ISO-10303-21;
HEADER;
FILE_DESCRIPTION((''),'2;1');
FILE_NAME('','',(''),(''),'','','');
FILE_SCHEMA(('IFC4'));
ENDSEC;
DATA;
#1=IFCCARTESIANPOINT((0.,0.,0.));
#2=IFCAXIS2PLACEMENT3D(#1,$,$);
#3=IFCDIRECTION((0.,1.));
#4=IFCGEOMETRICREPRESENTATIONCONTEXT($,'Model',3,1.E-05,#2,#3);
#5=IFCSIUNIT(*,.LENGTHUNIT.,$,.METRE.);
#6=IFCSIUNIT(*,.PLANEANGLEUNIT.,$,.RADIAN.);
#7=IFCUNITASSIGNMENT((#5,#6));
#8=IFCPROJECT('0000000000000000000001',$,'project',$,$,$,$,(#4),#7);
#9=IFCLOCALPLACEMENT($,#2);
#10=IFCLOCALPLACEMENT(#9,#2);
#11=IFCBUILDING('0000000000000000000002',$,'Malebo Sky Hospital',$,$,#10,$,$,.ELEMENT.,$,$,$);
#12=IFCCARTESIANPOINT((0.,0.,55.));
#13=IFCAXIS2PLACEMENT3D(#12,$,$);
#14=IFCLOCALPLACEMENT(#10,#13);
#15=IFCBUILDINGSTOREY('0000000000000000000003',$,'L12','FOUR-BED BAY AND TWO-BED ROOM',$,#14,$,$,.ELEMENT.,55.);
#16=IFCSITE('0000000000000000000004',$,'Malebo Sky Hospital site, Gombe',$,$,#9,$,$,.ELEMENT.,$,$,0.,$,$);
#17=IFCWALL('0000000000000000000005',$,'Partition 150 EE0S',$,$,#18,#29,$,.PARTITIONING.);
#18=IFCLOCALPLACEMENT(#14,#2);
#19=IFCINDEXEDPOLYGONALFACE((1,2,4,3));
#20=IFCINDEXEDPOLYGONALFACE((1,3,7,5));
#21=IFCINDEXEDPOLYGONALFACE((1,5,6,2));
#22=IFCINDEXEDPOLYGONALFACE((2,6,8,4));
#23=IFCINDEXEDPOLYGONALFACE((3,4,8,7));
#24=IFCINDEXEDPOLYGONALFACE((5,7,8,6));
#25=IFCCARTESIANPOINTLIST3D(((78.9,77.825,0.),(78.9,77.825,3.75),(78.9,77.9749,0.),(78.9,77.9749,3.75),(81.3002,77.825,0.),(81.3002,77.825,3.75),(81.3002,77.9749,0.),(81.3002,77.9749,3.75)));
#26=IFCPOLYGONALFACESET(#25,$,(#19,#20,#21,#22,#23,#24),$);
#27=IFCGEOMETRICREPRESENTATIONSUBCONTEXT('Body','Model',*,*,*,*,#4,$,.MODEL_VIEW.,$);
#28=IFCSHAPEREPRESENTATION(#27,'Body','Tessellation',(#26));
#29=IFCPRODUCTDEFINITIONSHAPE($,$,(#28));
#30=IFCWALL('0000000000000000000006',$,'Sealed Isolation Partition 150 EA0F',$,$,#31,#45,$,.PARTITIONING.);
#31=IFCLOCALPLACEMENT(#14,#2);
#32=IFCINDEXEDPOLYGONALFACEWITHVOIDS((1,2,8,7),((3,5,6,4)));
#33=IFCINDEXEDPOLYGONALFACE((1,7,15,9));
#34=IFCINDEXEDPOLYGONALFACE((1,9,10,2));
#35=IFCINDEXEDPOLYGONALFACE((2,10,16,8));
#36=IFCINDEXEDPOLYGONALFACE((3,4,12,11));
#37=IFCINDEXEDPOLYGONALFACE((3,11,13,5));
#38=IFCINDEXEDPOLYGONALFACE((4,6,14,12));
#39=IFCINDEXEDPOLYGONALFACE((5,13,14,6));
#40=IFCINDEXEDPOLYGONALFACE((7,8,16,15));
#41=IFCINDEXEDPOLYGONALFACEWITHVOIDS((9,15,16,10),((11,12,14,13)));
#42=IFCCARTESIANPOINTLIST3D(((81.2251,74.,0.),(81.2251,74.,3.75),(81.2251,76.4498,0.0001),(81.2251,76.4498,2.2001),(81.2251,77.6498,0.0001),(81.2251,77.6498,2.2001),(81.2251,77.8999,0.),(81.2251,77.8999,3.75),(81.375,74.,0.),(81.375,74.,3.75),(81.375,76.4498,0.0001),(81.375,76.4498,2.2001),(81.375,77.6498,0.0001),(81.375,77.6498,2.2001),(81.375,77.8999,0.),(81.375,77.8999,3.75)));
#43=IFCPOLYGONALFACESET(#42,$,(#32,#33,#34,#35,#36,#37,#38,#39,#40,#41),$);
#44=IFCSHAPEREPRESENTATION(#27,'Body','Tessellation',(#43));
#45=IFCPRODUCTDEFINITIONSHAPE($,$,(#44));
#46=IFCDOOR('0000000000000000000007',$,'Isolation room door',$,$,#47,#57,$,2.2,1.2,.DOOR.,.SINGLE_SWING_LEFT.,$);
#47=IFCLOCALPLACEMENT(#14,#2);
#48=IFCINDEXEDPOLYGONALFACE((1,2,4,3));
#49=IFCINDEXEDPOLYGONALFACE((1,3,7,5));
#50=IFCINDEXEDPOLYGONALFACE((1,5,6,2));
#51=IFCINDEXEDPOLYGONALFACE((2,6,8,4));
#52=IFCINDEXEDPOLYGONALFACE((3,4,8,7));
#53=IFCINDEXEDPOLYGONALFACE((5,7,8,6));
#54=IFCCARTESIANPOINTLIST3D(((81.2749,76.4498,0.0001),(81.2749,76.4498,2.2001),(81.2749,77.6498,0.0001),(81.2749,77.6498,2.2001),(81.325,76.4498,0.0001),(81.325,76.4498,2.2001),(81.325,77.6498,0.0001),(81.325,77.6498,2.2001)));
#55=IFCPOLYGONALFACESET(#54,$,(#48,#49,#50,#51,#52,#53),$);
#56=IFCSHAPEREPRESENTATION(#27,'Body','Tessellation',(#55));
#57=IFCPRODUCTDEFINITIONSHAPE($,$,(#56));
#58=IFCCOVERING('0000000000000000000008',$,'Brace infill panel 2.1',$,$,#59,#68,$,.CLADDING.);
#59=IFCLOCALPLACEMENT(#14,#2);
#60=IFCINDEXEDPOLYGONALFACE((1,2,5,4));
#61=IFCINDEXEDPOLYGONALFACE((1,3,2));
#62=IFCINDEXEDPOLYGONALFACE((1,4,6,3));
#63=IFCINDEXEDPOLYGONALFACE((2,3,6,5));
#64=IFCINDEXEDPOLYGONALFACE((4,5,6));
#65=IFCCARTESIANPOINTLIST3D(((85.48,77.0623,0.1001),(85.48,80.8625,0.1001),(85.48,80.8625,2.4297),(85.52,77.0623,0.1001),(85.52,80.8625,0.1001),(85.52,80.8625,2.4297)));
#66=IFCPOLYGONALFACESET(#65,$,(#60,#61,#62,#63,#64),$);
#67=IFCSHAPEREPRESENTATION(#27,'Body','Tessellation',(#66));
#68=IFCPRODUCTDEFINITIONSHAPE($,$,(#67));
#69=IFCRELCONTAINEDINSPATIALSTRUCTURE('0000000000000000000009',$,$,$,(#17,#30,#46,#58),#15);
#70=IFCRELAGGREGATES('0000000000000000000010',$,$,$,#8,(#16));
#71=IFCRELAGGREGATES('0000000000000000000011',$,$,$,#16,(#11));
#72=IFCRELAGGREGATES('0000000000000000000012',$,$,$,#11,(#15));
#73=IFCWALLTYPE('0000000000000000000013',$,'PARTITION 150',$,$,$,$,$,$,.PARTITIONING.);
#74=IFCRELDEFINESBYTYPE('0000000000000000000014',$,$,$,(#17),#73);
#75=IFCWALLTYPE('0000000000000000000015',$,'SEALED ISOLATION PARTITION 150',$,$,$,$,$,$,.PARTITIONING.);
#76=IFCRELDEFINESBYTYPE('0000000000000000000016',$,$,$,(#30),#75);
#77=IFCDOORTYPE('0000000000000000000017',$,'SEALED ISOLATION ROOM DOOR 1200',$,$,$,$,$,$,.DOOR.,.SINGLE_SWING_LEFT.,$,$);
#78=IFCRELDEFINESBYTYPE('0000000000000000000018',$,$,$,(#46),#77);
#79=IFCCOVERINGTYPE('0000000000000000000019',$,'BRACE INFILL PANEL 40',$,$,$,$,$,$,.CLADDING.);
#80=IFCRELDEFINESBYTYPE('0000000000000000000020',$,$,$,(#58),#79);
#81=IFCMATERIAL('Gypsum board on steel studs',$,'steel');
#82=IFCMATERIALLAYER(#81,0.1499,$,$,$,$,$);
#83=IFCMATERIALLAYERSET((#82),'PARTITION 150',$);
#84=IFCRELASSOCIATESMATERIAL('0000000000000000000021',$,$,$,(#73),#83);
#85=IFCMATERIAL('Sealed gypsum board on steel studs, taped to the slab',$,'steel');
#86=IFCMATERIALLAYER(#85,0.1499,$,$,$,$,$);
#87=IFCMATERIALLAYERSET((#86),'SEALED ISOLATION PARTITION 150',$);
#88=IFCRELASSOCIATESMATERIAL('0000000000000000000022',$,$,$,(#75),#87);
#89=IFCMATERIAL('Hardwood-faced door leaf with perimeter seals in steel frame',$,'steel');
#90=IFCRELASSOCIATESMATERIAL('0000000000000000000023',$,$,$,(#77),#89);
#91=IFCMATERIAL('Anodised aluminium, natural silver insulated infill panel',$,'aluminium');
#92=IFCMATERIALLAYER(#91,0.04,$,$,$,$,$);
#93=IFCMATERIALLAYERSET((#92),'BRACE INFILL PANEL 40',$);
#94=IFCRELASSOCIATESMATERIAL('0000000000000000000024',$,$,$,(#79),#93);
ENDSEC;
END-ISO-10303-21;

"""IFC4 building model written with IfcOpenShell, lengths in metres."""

from ifc_helpers import new_model, si_unit, direction, frame, frame_2d, origin, place, context, subcontext, project, spatial, polyline, rectangle, outline, extrude, material, layer, layer_set, type_object, element, fill, save


model = new_model("IFC4")

# Units and contexts
model_context = context("Model", 3, precision=1e-05, world=origin(), true_north=direction((0.0, 1.0)))
body_context = subcontext(model_context, "Body", "Model", "MODEL_VIEW")
ifc_project = project(units=[si_unit("LENGTHUNIT", "METRE"), si_unit("PLANEANGLEUNIT", "RADIAN")], contexts=[model_context])

# Site, building, storey
site_placement = place(None, origin())
site = spatial("IfcSite", under=ifc_project, at=site_placement, Name="Malebo Sky Hospital site, Gombe", CompositionType="ELEMENT", RefElevation=0.0)
building_placement = place(site_placement, origin())
building = spatial("IfcBuilding", under=site, at=building_placement, Name="Malebo Sky Hospital", CompositionType="ELEMENT")
storey_placement = place(building_placement, frame((0.0, 0.0, 55.0)))
storey = spatial("IfcBuildingStorey", under=building, at=storey_placement, Name="L12", Description="FOUR-BED BAY AND TWO-BED ROOM", CompositionType="ELEMENT", Elevation=55.0)

# Shared definitions
ifc_material_1 = material(Name="Gypsum board on steel studs", Category="steel")

# Shared definitions
ifc_layer_1 = layer(ifc_material_1, 0.1499)
ifc_layer_set_1 = layer_set([ifc_layer_1], Name="PARTITION 150")
wall_type_1 = type_object("IfcWallType", Name="PARTITION 150", PredefinedType="PARTITIONING", material=ifc_layer_set_1)

# Wall
wall_1_placement = place(storey_placement, frame((78.8999, 77.8999, 0.0), z_axis=(0.0, 0.0, 1.0), x_axis=(1.0, 0.0, 0.0)))
element("IfcWall", 1, at=wall_1_placement, inside=storey, type_object=wall_type_1, Name="Partition 150 EE0S", PredefinedType="PARTITIONING", context=body_context, shape_type="SweptSolid", body=[
    extrude(rectangle(XDim=2.4001, YDim=0.1499, at=frame_2d((1.2002, 0.0))), origin(), (0.0, 0.0, 1.0), 3.75),
])

# Wall, opening, door
ifc_material_2 = material(Name="Sealed gypsum board on steel studs, taped to the slab", Category="steel")
ifc_layer_2 = layer(ifc_material_2, 0.1499)
ifc_layer_set_2 = layer_set([ifc_layer_2], Name="SEALED ISOLATION PARTITION 150")
wall_type_2 = type_object("IfcWallType", Name="SEALED ISOLATION PARTITION 150", PredefinedType="PARTITIONING", material=ifc_layer_set_2)
wall_2_placement = place(storey_placement, frame((81.3, 77.8999, 0.0), z_axis=(0.0, 0.0, 1.0), x_axis=(0.0, -1.0, 0.0)))
wall_2 = element("IfcWall", 2, at=wall_2_placement, inside=storey, type_object=wall_type_2, Name="Sealed Isolation Partition 150 EA0F", PredefinedType="PARTITIONING", context=body_context, shape_type="SweptSolid", body=[
    extrude(rectangle(XDim=3.8999, YDim=0.1499, at=frame_2d((1.95, 0.0))), origin(), (0.0, 0.0, 1.0), 3.75),
])
opening_1_placement = place(wall_2_placement, frame((0.25, 0.0, 0.0)))
opening_1 = element("IfcOpeningElement", 3, at=opening_1_placement, cuts=wall_2, PredefinedType="OPENING", context=body_context, shape_type="SweptSolid", body=[
    extrude(rectangle(XDim=1.2, YDim=2.2, at=frame_2d((0.6001, 1.1001))), frame((0.0, 0.085, 0.0), z_axis=(0.0, -1.0, 0.0), x_axis=(1.0, 0.0, 0.0)), (0.0, 0.0, 1.0), 0.1699),
])
ifc_material_3 = material(Name="Hardwood-faced door leaf with perimeter seals in steel frame", Category="steel")
door_type_1 = type_object("IfcDoorType", Name="SEALED ISOLATION ROOM DOOR 1200", OperationType="SINGLE_SWING_LEFT", PredefinedType="DOOR", material=ifc_material_3)
door_1_placement = place(opening_1_placement, origin())
door_1 = element("IfcDoor", 4, at=door_1_placement, inside=storey, type_object=door_type_1, Name="Isolation room door", OperationType="SINGLE_SWING_LEFT", OverallHeight=2.2, OverallWidth=1.2, PredefinedType="DOOR", context=body_context, shape_type="SweptSolid", body=[
    extrude(rectangle(XDim=1.2, YDim=2.2, at=frame_2d((0.6001, 1.1001))), frame((0.0, 0.0249, 0.0), z_axis=(0.0, -1.0, 0.0), x_axis=(1.0, 0.0, 0.0)), (0.0, 0.0, 1.0), 0.05),
])
fill(opening_1, door_1)

# Covering
ifc_material_4 = material(Name="Anodised aluminium, natural silver insulated infill panel", Category="aluminium")
ifc_layer_3 = layer(ifc_material_4, 0.04)
ifc_layer_set_3 = layer_set([ifc_layer_3], Name="BRACE INFILL PANEL 40")
covering_type = type_object("IfcCoveringType", Name="BRACE INFILL PANEL 40", PredefinedType="CLADDING", material=ifc_layer_set_3)
covering_placement = place(storey_placement, frame((85.5, 78.9624, 0.1001), z_axis=(0.0, 0.0, 1.0), x_axis=(0.0, -1.0, 0.0)))
element("IfcCovering", 5, at=covering_placement, inside=storey, type_object=covering_type, Name="Brace infill panel 2.1", PredefinedType="CLADDING", context=body_context, shape_type="SweptSolid", body=[
    extrude(outline(polyline([(-1.9001, 0.0), (1.9001, 0.0), (-1.9001, 2.3296), (-1.9001, 0.0)])), frame((0.0, 0.02, 0.0), z_axis=(0.0, -1.0, 0.0), x_axis=(1.0, 0.0, 0.0)), (0.0, 0.0, 1.0), 0.04),
])

save(model, "model.ifc")
